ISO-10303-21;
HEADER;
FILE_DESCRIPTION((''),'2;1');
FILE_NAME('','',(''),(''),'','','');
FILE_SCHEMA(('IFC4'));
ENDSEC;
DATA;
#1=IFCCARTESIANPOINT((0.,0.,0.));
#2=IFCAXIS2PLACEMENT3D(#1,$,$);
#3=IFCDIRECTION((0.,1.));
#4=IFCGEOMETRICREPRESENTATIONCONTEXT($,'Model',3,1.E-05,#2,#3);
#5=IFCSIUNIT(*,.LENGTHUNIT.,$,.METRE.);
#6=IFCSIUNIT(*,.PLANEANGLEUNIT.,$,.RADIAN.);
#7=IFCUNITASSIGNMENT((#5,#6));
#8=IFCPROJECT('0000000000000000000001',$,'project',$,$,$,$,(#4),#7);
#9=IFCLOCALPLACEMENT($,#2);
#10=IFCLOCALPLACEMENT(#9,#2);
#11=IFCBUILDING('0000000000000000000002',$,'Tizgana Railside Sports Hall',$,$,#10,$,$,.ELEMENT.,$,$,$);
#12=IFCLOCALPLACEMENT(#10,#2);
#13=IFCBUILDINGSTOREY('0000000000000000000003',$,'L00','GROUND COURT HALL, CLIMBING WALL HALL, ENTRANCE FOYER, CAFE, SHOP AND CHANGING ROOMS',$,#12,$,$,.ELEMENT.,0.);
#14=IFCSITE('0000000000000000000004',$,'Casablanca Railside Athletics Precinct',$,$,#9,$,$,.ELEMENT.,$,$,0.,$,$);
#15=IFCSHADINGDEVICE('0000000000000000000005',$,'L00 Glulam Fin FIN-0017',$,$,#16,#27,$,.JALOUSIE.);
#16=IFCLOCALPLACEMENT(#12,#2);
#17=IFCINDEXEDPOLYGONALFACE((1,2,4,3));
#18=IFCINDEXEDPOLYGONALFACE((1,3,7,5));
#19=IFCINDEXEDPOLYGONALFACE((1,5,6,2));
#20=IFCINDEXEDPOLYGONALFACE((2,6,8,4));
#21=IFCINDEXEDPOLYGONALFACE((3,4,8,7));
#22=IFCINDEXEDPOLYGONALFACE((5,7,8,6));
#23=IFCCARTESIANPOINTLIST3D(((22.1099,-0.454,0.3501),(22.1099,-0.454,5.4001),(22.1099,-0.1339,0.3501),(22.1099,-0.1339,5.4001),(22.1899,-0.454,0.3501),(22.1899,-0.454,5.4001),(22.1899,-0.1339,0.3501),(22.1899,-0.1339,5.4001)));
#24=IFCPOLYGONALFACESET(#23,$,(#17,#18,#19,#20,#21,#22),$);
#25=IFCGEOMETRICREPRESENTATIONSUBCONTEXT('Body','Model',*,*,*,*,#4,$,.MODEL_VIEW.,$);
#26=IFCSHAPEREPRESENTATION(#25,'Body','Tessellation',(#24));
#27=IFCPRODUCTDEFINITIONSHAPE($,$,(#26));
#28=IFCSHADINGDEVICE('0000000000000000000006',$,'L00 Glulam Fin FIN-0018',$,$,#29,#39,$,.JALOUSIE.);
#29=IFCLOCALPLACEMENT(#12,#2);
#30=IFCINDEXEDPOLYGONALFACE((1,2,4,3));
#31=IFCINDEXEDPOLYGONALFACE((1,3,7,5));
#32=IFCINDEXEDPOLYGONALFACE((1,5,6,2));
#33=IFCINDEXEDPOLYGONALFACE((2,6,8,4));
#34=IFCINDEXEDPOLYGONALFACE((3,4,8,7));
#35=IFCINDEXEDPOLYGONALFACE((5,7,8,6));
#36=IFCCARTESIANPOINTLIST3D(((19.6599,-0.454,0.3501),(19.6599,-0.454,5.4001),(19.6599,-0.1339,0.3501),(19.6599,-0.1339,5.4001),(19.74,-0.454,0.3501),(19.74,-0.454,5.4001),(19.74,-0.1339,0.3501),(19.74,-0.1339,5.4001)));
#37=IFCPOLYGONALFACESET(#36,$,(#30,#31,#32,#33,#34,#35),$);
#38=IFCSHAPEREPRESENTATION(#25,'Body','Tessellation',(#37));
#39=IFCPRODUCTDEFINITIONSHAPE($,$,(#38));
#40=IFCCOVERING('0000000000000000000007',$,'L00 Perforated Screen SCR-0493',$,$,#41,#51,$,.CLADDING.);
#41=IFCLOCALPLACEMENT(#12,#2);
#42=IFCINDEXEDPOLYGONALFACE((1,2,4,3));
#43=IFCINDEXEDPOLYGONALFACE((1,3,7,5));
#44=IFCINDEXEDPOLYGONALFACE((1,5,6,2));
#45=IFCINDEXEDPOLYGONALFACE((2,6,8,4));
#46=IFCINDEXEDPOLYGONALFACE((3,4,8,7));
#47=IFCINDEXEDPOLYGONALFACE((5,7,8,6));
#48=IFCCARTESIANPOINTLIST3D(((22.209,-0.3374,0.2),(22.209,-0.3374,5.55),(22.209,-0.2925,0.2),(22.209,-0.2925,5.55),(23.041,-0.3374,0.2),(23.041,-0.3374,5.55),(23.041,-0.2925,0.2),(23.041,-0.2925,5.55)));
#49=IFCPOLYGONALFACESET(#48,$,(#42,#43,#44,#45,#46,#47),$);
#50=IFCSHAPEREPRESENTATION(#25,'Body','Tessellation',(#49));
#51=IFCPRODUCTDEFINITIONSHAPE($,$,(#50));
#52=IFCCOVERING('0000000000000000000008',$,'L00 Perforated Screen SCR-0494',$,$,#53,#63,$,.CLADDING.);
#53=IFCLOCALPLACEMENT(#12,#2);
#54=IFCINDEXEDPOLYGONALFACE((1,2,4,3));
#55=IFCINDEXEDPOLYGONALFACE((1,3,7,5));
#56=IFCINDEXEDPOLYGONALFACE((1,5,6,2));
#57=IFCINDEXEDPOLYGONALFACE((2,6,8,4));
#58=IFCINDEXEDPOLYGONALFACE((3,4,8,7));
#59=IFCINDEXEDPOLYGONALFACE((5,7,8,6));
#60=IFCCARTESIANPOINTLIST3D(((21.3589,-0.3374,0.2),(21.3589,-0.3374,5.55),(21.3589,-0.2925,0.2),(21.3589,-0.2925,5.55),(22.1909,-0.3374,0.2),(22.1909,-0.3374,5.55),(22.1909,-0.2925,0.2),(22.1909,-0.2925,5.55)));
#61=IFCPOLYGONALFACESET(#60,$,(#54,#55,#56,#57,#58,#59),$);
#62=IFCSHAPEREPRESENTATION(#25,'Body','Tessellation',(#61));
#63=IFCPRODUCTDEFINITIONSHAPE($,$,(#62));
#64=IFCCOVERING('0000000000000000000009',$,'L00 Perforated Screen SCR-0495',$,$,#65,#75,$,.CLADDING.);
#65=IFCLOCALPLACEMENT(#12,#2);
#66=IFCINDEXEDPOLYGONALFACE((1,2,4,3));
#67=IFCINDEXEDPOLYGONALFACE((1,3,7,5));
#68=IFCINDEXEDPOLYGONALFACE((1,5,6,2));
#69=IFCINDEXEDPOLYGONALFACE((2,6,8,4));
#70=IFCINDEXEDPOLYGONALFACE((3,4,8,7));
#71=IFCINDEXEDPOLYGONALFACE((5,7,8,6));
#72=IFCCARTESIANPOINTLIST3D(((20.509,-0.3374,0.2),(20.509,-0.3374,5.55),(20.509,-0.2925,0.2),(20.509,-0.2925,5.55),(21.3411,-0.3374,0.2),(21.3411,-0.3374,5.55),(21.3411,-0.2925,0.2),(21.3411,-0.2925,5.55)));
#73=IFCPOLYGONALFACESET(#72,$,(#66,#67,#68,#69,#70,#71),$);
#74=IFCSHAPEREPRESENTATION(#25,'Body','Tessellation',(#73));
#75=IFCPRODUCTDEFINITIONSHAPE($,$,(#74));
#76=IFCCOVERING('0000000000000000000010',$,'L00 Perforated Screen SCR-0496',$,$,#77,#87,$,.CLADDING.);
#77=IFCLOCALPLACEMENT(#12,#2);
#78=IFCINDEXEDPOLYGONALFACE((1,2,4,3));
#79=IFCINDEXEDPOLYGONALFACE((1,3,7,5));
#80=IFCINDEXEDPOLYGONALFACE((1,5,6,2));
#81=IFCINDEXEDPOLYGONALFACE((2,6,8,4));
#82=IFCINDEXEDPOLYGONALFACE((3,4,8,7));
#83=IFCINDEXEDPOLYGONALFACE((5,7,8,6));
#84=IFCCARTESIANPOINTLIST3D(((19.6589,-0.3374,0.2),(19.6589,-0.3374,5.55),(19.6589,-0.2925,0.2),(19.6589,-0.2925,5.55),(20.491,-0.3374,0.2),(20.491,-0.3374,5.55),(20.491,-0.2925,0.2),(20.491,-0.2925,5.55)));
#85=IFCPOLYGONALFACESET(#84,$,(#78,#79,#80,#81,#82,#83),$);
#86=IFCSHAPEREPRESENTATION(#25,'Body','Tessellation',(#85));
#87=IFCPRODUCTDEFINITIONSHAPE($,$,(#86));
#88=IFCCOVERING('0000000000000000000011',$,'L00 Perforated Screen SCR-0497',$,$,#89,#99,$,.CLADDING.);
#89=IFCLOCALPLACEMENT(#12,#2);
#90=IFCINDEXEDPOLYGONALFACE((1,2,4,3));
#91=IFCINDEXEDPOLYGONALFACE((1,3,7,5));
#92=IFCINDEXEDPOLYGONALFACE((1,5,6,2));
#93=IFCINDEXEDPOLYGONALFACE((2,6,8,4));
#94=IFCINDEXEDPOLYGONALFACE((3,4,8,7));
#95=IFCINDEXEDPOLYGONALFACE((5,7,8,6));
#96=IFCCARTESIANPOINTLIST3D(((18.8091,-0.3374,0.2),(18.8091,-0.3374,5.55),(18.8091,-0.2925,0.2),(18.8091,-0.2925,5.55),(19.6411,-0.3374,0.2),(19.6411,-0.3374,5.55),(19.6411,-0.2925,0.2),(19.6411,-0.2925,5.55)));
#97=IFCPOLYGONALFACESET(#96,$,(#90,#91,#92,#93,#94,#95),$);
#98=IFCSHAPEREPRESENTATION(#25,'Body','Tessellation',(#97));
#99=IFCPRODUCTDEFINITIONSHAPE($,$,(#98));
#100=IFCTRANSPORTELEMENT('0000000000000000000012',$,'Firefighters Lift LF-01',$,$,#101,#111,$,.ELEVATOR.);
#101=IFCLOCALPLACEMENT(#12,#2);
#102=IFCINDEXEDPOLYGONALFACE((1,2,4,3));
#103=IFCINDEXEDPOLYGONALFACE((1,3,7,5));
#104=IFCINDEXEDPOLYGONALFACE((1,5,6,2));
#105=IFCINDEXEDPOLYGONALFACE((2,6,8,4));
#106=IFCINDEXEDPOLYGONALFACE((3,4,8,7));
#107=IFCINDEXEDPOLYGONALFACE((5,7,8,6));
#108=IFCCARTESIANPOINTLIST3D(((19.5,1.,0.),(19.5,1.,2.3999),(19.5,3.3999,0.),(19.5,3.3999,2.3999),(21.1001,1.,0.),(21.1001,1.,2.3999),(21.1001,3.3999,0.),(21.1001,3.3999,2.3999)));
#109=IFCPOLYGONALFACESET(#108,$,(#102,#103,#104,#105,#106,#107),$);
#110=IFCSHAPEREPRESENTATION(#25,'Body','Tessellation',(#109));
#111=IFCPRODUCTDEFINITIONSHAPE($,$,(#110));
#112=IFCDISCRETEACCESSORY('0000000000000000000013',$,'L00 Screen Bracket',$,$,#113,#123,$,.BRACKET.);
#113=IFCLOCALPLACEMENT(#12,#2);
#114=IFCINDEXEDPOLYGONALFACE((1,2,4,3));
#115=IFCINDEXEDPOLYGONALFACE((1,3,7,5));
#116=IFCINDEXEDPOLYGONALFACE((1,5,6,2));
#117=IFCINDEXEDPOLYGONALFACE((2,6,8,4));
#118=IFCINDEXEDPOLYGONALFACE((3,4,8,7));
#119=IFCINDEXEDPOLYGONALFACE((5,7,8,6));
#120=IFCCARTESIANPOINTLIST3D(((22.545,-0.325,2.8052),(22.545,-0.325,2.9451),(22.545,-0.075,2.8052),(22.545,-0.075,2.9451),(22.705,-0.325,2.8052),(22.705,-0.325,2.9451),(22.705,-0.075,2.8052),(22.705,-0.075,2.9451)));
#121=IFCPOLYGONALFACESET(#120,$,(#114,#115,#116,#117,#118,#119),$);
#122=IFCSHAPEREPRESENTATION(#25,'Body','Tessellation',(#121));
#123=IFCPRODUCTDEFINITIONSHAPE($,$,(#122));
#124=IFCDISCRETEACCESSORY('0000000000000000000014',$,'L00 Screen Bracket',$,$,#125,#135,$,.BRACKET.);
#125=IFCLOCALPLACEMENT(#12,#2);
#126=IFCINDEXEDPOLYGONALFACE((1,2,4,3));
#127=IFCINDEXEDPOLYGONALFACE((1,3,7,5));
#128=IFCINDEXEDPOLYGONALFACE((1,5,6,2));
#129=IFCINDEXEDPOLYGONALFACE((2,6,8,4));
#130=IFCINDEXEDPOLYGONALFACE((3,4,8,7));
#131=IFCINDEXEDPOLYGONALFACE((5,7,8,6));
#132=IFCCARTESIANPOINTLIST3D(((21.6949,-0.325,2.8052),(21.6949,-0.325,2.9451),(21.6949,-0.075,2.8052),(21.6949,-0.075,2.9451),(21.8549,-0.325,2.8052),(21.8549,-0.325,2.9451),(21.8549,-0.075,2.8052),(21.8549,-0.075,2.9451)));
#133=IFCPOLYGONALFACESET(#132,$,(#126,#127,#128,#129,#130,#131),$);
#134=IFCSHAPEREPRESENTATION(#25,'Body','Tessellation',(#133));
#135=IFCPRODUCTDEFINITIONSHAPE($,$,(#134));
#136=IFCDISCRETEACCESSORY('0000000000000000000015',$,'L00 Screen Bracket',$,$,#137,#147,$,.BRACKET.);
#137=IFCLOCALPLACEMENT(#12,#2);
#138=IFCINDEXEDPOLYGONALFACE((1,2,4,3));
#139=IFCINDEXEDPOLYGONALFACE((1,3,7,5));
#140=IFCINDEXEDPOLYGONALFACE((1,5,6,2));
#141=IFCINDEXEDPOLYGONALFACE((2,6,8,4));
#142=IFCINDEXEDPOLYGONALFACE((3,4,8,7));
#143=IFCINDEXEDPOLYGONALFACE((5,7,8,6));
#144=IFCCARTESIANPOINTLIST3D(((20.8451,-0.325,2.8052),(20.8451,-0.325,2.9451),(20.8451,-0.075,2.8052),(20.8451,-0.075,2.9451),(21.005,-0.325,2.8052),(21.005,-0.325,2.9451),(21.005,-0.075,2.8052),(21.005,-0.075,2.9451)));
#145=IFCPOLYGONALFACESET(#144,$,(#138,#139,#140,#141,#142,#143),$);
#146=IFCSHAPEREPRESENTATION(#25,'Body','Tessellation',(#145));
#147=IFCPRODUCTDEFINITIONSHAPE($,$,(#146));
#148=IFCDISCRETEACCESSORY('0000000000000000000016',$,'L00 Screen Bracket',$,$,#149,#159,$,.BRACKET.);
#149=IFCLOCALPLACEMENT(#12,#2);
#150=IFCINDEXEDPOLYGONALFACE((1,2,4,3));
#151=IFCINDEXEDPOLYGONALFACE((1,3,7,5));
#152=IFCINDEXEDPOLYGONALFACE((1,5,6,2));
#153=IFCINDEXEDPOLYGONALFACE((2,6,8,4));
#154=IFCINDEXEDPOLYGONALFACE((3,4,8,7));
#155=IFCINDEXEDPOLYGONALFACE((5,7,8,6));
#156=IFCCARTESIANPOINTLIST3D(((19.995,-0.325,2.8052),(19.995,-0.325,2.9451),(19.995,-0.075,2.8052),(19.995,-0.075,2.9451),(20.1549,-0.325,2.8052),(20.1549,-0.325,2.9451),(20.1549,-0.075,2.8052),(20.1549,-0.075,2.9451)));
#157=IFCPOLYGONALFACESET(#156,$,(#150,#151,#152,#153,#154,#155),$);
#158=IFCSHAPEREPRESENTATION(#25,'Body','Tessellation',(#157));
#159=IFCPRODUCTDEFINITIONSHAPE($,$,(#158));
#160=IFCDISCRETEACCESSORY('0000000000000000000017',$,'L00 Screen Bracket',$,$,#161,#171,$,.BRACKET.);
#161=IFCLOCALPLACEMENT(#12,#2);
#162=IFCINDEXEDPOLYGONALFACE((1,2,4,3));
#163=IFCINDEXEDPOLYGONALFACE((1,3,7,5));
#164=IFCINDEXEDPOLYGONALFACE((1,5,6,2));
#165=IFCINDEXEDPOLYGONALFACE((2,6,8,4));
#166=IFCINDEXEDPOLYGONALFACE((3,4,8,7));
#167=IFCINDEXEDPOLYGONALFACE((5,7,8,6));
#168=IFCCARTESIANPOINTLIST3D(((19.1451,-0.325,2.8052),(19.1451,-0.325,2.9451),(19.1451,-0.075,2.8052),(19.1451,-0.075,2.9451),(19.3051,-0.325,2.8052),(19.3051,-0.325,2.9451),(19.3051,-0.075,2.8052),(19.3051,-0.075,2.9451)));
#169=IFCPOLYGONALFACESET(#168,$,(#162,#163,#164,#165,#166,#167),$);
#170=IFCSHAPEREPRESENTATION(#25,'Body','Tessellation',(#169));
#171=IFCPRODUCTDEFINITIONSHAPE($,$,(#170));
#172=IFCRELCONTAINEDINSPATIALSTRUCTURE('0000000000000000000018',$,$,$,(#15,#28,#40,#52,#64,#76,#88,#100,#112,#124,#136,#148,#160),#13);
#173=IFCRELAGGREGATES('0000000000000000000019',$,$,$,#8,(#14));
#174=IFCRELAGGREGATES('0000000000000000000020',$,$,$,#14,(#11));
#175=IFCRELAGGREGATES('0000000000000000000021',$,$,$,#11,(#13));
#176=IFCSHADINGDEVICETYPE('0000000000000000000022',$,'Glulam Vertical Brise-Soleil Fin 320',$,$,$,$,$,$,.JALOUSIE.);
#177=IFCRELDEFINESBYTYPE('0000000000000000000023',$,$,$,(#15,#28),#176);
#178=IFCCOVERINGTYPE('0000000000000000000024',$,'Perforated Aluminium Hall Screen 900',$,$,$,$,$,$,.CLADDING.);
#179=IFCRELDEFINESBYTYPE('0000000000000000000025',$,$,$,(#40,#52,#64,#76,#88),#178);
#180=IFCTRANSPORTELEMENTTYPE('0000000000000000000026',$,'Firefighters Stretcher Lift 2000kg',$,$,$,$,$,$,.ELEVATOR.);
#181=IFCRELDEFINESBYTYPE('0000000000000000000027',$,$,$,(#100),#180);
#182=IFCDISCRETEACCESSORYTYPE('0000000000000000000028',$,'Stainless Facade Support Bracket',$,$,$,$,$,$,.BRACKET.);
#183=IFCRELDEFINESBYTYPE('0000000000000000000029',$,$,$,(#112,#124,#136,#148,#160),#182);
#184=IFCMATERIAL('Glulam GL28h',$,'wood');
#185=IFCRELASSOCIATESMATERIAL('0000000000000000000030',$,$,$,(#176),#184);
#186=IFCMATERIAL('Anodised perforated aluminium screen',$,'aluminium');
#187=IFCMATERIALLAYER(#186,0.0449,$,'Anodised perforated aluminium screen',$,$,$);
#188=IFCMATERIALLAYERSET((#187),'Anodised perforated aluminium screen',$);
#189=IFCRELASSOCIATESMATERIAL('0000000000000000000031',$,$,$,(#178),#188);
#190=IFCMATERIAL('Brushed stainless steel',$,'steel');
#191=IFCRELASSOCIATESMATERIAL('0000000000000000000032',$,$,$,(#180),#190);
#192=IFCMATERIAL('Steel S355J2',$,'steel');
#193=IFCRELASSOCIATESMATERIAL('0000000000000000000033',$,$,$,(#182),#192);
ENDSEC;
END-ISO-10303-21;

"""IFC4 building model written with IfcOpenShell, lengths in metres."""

from ifc_helpers import new_model, si_unit, direction, frame, origin, origin_2d, place, context, subcontext, project, spatial, rectangle, extrude, material, layer, layer_set, type_object, element, save


model = new_model("IFC4")

# Units and contexts
model_context = context("Model", 3, precision=1e-05, world=origin(), true_north=direction((0.0, 1.0)))
body_context = subcontext(model_context, "Body", "Model", "MODEL_VIEW")
ifc_project = project(units=[si_unit("LENGTHUNIT", "METRE"), si_unit("PLANEANGLEUNIT", "RADIAN")], contexts=[model_context])

# Site, building, storey
site_placement = place(None, origin())
site = spatial("IfcSite", under=ifc_project, at=site_placement, Name="Casablanca Railside Athletics Precinct", CompositionType="ELEMENT", RefElevation=0.0)
building_placement = place(site_placement, origin())
building = spatial("IfcBuilding", under=site, at=building_placement, Name="Tizgana Railside Sports Hall", CompositionType="ELEMENT")
storey_placement = place(building_placement, origin())
storey = spatial("IfcBuildingStorey", under=building, at=storey_placement, Name="L00", Description="GROUND COURT HALL, CLIMBING WALL HALL, ENTRANCE FOYER, CAFE, SHOP AND CHANGING ROOMS", CompositionType="ELEMENT", Elevation=0.0)

# Shared definitions
ifc_material_1 = material(Name="Steel S355J2", Category="steel")

# Shared definitions
ifc_material_2 = material(Name="Brushed stainless steel", Category="steel")

# Shading devices
ifc_material_3 = material(Name="Glulam GL28h", Category="wood")
shading_device_type = type_object("IfcShadingDeviceType", Name="Glulam Vertical Brise-Soleil Fin 320", PredefinedType="JALOUSIE", material=ifc_material_3)
for number, where, z_axis, x_axis, name in (
    (1, (22.1499, -0.2939, 0.3501), (0.0, 0.0, 1.0), (-1.0, 0.0, 0.0), "L00 Glulam Fin FIN-0017"),
    (2, (19.7, -0.2939, 0.3501), (0.0, 0.0, 1.0), (-1.0, 0.0, 0.0), "L00 Glulam Fin FIN-0018"),
):
    element("IfcShadingDevice", number, at=place(storey_placement, frame(where, z_axis=z_axis, x_axis=x_axis)), inside=storey, type_object=shading_device_type, Name=name, PredefinedType="JALOUSIE", context=body_context, shape_type="SweptSolid", body=[
        extrude(rectangle(XDim=0.0801, YDim=0.3201, at=origin_2d()), origin(), (0.0, 0.0, 1.0), 5.05),
    ])

# Coverings
ifc_material_4 = material(Name="Anodised perforated aluminium screen", Category="aluminium")
ifc_layer_1 = layer(ifc_material_4, 0.0449, Name="Anodised perforated aluminium screen")
ifc_layer_set_1 = layer_set([ifc_layer_1], Name="Anodised perforated aluminium screen")
covering_type = type_object("IfcCoveringType", Name="Perforated Aluminium Hall Screen 900", PredefinedType="CLADDING", material=ifc_layer_set_1)
for number, where, z_axis, x_axis, name in (
    (3, (22.625, -0.3149, 0.2), (0.0, 0.0, 1.0), (-1.0, 0.0, 0.0), "L00 Perforated Screen SCR-0493"),
    (4, (21.7749, -0.3149, 0.2), (0.0, 0.0, 1.0), (-1.0, 0.0, 0.0), "L00 Perforated Screen SCR-0494"),
    (5, (20.925, -0.3149, 0.2), (0.0, 0.0, 1.0), (-1.0, 0.0, 0.0), "L00 Perforated Screen SCR-0495"),
    (6, (20.075, -0.3149, 0.2), (0.0, 0.0, 1.0), (-1.0, 0.0, 0.0), "L00 Perforated Screen SCR-0496"),
    (7, (19.2251, -0.3149, 0.2), (0.0, 0.0, 1.0), (-1.0, 0.0, 0.0), "L00 Perforated Screen SCR-0497"),
):
    element("IfcCovering", number, at=place(storey_placement, frame(where, z_axis=z_axis, x_axis=x_axis)), inside=storey, type_object=covering_type, Name=name, PredefinedType="CLADDING", context=body_context, shape_type="SweptSolid", body=[
        extrude(rectangle(XDim=0.832, YDim=0.0449, at=origin_2d()), origin(), (0.0, 0.0, 1.0), 5.3501),
    ])

# Transport element
transport_element_type = type_object("IfcTransportElementType", Name="Firefighters Stretcher Lift 2000kg", PredefinedType="ELEVATOR", material=ifc_material_2)
transport_element_placement = place(storey_placement, frame((20.3, 2.2, 0.0), z_axis=(0.0, 0.0, 1.0), x_axis=(1.0, 0.0, 0.0)))
element("IfcTransportElement", 8, at=transport_element_placement, inside=storey, type_object=transport_element_type, Name="Firefighters Lift LF-01", PredefinedType="ELEVATOR", context=body_context, shape_type="SweptSolid", body=[
    extrude(rectangle(XDim=1.6001, YDim=2.3999, at=origin_2d()), origin(), (0.0, 0.0, 1.0), 2.3999),
])

# Discrete accessories
discrete_accessory_type = type_object("IfcDiscreteAccessoryType", Name="Stainless Facade Support Bracket", PredefinedType="BRACKET", material=ifc_material_1)
for number, where, z_axis, x_axis, name in (
    (9, (22.625, -0.2, 2.8052), (0.0, 0.0, 1.0), (-1.0, 0.0, 0.0), "L00 Screen Bracket"),
    (10, (21.7749, -0.2, 2.8052), (0.0, 0.0, 1.0), (-1.0, 0.0, 0.0), "L00 Screen Bracket"),
    (11, (20.925, -0.2, 2.8052), (0.0, 0.0, 1.0), (-1.0, 0.0, 0.0), "L00 Screen Bracket"),
    (12, (20.075, -0.2, 2.8052), (0.0, 0.0, 1.0), (-1.0, 0.0, 0.0), "L00 Screen Bracket"),
    (13, (19.2251, -0.2, 2.8052), (0.0, 0.0, 1.0), (-1.0, 0.0, 0.0), "L00 Screen Bracket"),
):
    element("IfcDiscreteAccessory", number, at=place(storey_placement, frame(where, z_axis=z_axis, x_axis=x_axis)), inside=storey, type_object=discrete_accessory_type, Name=name, PredefinedType="BRACKET", context=body_context, shape_type="SweptSolid", body=[
        extrude(rectangle(XDim=0.1599, YDim=0.25, at=origin_2d()), origin(), (0.0, 0.0, 1.0), 0.1399),
    ])

save(model, "model.ifc")
